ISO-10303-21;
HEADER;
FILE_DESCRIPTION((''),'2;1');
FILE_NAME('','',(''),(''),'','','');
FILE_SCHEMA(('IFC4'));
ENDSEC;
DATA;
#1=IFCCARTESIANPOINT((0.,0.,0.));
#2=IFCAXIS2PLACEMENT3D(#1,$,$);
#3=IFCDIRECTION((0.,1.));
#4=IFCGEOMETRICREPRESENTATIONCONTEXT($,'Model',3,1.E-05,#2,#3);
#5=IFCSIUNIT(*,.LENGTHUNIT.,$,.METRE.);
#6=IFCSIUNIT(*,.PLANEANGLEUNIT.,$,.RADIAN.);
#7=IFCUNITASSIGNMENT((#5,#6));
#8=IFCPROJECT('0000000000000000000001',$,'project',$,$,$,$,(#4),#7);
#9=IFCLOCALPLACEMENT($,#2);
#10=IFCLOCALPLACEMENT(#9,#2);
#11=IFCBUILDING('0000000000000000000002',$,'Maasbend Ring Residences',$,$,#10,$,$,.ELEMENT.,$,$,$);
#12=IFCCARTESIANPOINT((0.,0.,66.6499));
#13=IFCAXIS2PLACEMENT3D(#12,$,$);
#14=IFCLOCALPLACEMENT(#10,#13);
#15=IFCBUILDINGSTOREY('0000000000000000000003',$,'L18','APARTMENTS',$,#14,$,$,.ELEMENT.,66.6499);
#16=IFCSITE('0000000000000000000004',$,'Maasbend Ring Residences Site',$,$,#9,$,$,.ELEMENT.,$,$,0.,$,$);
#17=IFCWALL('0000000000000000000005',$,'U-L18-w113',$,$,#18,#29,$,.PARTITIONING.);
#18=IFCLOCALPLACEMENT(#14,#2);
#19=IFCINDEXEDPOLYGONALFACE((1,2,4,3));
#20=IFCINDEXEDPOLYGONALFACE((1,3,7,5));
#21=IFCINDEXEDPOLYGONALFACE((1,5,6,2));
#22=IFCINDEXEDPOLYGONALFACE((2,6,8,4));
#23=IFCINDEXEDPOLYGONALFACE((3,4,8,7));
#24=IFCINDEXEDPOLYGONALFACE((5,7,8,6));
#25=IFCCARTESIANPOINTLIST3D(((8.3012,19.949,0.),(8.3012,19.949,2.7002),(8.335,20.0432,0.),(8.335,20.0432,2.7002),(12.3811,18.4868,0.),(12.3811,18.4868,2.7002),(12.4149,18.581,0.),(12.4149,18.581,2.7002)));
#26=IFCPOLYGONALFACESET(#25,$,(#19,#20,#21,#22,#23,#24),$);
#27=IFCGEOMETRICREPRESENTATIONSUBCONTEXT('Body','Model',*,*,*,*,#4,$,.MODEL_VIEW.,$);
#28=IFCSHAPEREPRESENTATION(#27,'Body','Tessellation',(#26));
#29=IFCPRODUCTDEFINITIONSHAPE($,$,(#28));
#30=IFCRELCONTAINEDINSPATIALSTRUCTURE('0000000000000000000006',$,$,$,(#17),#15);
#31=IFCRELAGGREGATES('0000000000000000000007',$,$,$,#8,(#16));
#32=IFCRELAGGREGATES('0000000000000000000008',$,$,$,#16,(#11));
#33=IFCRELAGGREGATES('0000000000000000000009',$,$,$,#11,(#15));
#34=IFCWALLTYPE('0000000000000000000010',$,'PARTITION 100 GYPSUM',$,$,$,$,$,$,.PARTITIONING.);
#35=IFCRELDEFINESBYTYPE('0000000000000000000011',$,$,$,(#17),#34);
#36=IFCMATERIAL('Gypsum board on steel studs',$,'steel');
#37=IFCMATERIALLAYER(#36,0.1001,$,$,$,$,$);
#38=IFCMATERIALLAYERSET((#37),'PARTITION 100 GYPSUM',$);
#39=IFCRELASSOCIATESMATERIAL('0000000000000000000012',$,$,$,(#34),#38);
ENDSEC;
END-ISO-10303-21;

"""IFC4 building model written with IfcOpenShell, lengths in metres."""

from ifc_helpers import new_model, si_unit, direction, frame, frame_2d, origin, place, context, subcontext, project, spatial, rectangle, extrude, material, layer, layer_set, type_object, element, save


model = new_model("IFC4")

# Units and contexts
model_context = context("Model", 3, precision=1e-05, world=origin(), true_north=direction((0.0, 1.0)))
body_context = subcontext(model_context, "Body", "Model", "MODEL_VIEW")
ifc_project = project(units=[si_unit("LENGTHUNIT", "METRE"), si_unit("PLANEANGLEUNIT", "RADIAN")], contexts=[model_context])

# Site, building, storey
site_placement = place(None, origin())
site = spatial("IfcSite", under=ifc_project, at=site_placement, Name="Maasbend Ring Residences Site", CompositionType="ELEMENT", RefElevation=0.0)
building_placement = place(site_placement, origin())
building = spatial("IfcBuilding", under=site, at=building_placement, Name="Maasbend Ring Residences", CompositionType="ELEMENT")
storey_placement = place(building_placement, frame((0.0, 0.0, 66.6499)))
storey = spatial("IfcBuildingStorey", under=building, at=storey_placement, Name="L18", Description="APARTMENTS", CompositionType="ELEMENT", Elevation=66.6499)

# Shared definitions
ifc_material_1 = material(Name="Gypsum board on steel studs", Category="steel")
ifc_layer_1 = layer(ifc_material_1, 0.1001)
ifc_layer_set_1 = layer_set([ifc_layer_1], Name="PARTITION 100 GYPSUM")
wall_type_1 = type_object("IfcWallType", Name="PARTITION 100 GYPSUM", PredefinedType="PARTITIONING", material=ifc_layer_set_1)

# Wall
wall_1_placement = place(storey_placement, frame((8.3181, 19.9961, 0.0), z_axis=(0.0, 0.0, 1.0), x_axis=(0.94137, -0.337375, 0.0)))
element("IfcWall", 1, at=wall_1_placement, inside=storey, type_object=wall_type_1, Name="U-L18-w113", PredefinedType="PARTITIONING", context=body_context, shape_type="SweptSolid", body=[
    extrude(rectangle(XDim=4.334, YDim=0.1001, at=frame_2d((2.167, 0.0))), origin(), (0.0, 0.0, 1.0), 2.7002),
])

save(model, "model.ifc")
